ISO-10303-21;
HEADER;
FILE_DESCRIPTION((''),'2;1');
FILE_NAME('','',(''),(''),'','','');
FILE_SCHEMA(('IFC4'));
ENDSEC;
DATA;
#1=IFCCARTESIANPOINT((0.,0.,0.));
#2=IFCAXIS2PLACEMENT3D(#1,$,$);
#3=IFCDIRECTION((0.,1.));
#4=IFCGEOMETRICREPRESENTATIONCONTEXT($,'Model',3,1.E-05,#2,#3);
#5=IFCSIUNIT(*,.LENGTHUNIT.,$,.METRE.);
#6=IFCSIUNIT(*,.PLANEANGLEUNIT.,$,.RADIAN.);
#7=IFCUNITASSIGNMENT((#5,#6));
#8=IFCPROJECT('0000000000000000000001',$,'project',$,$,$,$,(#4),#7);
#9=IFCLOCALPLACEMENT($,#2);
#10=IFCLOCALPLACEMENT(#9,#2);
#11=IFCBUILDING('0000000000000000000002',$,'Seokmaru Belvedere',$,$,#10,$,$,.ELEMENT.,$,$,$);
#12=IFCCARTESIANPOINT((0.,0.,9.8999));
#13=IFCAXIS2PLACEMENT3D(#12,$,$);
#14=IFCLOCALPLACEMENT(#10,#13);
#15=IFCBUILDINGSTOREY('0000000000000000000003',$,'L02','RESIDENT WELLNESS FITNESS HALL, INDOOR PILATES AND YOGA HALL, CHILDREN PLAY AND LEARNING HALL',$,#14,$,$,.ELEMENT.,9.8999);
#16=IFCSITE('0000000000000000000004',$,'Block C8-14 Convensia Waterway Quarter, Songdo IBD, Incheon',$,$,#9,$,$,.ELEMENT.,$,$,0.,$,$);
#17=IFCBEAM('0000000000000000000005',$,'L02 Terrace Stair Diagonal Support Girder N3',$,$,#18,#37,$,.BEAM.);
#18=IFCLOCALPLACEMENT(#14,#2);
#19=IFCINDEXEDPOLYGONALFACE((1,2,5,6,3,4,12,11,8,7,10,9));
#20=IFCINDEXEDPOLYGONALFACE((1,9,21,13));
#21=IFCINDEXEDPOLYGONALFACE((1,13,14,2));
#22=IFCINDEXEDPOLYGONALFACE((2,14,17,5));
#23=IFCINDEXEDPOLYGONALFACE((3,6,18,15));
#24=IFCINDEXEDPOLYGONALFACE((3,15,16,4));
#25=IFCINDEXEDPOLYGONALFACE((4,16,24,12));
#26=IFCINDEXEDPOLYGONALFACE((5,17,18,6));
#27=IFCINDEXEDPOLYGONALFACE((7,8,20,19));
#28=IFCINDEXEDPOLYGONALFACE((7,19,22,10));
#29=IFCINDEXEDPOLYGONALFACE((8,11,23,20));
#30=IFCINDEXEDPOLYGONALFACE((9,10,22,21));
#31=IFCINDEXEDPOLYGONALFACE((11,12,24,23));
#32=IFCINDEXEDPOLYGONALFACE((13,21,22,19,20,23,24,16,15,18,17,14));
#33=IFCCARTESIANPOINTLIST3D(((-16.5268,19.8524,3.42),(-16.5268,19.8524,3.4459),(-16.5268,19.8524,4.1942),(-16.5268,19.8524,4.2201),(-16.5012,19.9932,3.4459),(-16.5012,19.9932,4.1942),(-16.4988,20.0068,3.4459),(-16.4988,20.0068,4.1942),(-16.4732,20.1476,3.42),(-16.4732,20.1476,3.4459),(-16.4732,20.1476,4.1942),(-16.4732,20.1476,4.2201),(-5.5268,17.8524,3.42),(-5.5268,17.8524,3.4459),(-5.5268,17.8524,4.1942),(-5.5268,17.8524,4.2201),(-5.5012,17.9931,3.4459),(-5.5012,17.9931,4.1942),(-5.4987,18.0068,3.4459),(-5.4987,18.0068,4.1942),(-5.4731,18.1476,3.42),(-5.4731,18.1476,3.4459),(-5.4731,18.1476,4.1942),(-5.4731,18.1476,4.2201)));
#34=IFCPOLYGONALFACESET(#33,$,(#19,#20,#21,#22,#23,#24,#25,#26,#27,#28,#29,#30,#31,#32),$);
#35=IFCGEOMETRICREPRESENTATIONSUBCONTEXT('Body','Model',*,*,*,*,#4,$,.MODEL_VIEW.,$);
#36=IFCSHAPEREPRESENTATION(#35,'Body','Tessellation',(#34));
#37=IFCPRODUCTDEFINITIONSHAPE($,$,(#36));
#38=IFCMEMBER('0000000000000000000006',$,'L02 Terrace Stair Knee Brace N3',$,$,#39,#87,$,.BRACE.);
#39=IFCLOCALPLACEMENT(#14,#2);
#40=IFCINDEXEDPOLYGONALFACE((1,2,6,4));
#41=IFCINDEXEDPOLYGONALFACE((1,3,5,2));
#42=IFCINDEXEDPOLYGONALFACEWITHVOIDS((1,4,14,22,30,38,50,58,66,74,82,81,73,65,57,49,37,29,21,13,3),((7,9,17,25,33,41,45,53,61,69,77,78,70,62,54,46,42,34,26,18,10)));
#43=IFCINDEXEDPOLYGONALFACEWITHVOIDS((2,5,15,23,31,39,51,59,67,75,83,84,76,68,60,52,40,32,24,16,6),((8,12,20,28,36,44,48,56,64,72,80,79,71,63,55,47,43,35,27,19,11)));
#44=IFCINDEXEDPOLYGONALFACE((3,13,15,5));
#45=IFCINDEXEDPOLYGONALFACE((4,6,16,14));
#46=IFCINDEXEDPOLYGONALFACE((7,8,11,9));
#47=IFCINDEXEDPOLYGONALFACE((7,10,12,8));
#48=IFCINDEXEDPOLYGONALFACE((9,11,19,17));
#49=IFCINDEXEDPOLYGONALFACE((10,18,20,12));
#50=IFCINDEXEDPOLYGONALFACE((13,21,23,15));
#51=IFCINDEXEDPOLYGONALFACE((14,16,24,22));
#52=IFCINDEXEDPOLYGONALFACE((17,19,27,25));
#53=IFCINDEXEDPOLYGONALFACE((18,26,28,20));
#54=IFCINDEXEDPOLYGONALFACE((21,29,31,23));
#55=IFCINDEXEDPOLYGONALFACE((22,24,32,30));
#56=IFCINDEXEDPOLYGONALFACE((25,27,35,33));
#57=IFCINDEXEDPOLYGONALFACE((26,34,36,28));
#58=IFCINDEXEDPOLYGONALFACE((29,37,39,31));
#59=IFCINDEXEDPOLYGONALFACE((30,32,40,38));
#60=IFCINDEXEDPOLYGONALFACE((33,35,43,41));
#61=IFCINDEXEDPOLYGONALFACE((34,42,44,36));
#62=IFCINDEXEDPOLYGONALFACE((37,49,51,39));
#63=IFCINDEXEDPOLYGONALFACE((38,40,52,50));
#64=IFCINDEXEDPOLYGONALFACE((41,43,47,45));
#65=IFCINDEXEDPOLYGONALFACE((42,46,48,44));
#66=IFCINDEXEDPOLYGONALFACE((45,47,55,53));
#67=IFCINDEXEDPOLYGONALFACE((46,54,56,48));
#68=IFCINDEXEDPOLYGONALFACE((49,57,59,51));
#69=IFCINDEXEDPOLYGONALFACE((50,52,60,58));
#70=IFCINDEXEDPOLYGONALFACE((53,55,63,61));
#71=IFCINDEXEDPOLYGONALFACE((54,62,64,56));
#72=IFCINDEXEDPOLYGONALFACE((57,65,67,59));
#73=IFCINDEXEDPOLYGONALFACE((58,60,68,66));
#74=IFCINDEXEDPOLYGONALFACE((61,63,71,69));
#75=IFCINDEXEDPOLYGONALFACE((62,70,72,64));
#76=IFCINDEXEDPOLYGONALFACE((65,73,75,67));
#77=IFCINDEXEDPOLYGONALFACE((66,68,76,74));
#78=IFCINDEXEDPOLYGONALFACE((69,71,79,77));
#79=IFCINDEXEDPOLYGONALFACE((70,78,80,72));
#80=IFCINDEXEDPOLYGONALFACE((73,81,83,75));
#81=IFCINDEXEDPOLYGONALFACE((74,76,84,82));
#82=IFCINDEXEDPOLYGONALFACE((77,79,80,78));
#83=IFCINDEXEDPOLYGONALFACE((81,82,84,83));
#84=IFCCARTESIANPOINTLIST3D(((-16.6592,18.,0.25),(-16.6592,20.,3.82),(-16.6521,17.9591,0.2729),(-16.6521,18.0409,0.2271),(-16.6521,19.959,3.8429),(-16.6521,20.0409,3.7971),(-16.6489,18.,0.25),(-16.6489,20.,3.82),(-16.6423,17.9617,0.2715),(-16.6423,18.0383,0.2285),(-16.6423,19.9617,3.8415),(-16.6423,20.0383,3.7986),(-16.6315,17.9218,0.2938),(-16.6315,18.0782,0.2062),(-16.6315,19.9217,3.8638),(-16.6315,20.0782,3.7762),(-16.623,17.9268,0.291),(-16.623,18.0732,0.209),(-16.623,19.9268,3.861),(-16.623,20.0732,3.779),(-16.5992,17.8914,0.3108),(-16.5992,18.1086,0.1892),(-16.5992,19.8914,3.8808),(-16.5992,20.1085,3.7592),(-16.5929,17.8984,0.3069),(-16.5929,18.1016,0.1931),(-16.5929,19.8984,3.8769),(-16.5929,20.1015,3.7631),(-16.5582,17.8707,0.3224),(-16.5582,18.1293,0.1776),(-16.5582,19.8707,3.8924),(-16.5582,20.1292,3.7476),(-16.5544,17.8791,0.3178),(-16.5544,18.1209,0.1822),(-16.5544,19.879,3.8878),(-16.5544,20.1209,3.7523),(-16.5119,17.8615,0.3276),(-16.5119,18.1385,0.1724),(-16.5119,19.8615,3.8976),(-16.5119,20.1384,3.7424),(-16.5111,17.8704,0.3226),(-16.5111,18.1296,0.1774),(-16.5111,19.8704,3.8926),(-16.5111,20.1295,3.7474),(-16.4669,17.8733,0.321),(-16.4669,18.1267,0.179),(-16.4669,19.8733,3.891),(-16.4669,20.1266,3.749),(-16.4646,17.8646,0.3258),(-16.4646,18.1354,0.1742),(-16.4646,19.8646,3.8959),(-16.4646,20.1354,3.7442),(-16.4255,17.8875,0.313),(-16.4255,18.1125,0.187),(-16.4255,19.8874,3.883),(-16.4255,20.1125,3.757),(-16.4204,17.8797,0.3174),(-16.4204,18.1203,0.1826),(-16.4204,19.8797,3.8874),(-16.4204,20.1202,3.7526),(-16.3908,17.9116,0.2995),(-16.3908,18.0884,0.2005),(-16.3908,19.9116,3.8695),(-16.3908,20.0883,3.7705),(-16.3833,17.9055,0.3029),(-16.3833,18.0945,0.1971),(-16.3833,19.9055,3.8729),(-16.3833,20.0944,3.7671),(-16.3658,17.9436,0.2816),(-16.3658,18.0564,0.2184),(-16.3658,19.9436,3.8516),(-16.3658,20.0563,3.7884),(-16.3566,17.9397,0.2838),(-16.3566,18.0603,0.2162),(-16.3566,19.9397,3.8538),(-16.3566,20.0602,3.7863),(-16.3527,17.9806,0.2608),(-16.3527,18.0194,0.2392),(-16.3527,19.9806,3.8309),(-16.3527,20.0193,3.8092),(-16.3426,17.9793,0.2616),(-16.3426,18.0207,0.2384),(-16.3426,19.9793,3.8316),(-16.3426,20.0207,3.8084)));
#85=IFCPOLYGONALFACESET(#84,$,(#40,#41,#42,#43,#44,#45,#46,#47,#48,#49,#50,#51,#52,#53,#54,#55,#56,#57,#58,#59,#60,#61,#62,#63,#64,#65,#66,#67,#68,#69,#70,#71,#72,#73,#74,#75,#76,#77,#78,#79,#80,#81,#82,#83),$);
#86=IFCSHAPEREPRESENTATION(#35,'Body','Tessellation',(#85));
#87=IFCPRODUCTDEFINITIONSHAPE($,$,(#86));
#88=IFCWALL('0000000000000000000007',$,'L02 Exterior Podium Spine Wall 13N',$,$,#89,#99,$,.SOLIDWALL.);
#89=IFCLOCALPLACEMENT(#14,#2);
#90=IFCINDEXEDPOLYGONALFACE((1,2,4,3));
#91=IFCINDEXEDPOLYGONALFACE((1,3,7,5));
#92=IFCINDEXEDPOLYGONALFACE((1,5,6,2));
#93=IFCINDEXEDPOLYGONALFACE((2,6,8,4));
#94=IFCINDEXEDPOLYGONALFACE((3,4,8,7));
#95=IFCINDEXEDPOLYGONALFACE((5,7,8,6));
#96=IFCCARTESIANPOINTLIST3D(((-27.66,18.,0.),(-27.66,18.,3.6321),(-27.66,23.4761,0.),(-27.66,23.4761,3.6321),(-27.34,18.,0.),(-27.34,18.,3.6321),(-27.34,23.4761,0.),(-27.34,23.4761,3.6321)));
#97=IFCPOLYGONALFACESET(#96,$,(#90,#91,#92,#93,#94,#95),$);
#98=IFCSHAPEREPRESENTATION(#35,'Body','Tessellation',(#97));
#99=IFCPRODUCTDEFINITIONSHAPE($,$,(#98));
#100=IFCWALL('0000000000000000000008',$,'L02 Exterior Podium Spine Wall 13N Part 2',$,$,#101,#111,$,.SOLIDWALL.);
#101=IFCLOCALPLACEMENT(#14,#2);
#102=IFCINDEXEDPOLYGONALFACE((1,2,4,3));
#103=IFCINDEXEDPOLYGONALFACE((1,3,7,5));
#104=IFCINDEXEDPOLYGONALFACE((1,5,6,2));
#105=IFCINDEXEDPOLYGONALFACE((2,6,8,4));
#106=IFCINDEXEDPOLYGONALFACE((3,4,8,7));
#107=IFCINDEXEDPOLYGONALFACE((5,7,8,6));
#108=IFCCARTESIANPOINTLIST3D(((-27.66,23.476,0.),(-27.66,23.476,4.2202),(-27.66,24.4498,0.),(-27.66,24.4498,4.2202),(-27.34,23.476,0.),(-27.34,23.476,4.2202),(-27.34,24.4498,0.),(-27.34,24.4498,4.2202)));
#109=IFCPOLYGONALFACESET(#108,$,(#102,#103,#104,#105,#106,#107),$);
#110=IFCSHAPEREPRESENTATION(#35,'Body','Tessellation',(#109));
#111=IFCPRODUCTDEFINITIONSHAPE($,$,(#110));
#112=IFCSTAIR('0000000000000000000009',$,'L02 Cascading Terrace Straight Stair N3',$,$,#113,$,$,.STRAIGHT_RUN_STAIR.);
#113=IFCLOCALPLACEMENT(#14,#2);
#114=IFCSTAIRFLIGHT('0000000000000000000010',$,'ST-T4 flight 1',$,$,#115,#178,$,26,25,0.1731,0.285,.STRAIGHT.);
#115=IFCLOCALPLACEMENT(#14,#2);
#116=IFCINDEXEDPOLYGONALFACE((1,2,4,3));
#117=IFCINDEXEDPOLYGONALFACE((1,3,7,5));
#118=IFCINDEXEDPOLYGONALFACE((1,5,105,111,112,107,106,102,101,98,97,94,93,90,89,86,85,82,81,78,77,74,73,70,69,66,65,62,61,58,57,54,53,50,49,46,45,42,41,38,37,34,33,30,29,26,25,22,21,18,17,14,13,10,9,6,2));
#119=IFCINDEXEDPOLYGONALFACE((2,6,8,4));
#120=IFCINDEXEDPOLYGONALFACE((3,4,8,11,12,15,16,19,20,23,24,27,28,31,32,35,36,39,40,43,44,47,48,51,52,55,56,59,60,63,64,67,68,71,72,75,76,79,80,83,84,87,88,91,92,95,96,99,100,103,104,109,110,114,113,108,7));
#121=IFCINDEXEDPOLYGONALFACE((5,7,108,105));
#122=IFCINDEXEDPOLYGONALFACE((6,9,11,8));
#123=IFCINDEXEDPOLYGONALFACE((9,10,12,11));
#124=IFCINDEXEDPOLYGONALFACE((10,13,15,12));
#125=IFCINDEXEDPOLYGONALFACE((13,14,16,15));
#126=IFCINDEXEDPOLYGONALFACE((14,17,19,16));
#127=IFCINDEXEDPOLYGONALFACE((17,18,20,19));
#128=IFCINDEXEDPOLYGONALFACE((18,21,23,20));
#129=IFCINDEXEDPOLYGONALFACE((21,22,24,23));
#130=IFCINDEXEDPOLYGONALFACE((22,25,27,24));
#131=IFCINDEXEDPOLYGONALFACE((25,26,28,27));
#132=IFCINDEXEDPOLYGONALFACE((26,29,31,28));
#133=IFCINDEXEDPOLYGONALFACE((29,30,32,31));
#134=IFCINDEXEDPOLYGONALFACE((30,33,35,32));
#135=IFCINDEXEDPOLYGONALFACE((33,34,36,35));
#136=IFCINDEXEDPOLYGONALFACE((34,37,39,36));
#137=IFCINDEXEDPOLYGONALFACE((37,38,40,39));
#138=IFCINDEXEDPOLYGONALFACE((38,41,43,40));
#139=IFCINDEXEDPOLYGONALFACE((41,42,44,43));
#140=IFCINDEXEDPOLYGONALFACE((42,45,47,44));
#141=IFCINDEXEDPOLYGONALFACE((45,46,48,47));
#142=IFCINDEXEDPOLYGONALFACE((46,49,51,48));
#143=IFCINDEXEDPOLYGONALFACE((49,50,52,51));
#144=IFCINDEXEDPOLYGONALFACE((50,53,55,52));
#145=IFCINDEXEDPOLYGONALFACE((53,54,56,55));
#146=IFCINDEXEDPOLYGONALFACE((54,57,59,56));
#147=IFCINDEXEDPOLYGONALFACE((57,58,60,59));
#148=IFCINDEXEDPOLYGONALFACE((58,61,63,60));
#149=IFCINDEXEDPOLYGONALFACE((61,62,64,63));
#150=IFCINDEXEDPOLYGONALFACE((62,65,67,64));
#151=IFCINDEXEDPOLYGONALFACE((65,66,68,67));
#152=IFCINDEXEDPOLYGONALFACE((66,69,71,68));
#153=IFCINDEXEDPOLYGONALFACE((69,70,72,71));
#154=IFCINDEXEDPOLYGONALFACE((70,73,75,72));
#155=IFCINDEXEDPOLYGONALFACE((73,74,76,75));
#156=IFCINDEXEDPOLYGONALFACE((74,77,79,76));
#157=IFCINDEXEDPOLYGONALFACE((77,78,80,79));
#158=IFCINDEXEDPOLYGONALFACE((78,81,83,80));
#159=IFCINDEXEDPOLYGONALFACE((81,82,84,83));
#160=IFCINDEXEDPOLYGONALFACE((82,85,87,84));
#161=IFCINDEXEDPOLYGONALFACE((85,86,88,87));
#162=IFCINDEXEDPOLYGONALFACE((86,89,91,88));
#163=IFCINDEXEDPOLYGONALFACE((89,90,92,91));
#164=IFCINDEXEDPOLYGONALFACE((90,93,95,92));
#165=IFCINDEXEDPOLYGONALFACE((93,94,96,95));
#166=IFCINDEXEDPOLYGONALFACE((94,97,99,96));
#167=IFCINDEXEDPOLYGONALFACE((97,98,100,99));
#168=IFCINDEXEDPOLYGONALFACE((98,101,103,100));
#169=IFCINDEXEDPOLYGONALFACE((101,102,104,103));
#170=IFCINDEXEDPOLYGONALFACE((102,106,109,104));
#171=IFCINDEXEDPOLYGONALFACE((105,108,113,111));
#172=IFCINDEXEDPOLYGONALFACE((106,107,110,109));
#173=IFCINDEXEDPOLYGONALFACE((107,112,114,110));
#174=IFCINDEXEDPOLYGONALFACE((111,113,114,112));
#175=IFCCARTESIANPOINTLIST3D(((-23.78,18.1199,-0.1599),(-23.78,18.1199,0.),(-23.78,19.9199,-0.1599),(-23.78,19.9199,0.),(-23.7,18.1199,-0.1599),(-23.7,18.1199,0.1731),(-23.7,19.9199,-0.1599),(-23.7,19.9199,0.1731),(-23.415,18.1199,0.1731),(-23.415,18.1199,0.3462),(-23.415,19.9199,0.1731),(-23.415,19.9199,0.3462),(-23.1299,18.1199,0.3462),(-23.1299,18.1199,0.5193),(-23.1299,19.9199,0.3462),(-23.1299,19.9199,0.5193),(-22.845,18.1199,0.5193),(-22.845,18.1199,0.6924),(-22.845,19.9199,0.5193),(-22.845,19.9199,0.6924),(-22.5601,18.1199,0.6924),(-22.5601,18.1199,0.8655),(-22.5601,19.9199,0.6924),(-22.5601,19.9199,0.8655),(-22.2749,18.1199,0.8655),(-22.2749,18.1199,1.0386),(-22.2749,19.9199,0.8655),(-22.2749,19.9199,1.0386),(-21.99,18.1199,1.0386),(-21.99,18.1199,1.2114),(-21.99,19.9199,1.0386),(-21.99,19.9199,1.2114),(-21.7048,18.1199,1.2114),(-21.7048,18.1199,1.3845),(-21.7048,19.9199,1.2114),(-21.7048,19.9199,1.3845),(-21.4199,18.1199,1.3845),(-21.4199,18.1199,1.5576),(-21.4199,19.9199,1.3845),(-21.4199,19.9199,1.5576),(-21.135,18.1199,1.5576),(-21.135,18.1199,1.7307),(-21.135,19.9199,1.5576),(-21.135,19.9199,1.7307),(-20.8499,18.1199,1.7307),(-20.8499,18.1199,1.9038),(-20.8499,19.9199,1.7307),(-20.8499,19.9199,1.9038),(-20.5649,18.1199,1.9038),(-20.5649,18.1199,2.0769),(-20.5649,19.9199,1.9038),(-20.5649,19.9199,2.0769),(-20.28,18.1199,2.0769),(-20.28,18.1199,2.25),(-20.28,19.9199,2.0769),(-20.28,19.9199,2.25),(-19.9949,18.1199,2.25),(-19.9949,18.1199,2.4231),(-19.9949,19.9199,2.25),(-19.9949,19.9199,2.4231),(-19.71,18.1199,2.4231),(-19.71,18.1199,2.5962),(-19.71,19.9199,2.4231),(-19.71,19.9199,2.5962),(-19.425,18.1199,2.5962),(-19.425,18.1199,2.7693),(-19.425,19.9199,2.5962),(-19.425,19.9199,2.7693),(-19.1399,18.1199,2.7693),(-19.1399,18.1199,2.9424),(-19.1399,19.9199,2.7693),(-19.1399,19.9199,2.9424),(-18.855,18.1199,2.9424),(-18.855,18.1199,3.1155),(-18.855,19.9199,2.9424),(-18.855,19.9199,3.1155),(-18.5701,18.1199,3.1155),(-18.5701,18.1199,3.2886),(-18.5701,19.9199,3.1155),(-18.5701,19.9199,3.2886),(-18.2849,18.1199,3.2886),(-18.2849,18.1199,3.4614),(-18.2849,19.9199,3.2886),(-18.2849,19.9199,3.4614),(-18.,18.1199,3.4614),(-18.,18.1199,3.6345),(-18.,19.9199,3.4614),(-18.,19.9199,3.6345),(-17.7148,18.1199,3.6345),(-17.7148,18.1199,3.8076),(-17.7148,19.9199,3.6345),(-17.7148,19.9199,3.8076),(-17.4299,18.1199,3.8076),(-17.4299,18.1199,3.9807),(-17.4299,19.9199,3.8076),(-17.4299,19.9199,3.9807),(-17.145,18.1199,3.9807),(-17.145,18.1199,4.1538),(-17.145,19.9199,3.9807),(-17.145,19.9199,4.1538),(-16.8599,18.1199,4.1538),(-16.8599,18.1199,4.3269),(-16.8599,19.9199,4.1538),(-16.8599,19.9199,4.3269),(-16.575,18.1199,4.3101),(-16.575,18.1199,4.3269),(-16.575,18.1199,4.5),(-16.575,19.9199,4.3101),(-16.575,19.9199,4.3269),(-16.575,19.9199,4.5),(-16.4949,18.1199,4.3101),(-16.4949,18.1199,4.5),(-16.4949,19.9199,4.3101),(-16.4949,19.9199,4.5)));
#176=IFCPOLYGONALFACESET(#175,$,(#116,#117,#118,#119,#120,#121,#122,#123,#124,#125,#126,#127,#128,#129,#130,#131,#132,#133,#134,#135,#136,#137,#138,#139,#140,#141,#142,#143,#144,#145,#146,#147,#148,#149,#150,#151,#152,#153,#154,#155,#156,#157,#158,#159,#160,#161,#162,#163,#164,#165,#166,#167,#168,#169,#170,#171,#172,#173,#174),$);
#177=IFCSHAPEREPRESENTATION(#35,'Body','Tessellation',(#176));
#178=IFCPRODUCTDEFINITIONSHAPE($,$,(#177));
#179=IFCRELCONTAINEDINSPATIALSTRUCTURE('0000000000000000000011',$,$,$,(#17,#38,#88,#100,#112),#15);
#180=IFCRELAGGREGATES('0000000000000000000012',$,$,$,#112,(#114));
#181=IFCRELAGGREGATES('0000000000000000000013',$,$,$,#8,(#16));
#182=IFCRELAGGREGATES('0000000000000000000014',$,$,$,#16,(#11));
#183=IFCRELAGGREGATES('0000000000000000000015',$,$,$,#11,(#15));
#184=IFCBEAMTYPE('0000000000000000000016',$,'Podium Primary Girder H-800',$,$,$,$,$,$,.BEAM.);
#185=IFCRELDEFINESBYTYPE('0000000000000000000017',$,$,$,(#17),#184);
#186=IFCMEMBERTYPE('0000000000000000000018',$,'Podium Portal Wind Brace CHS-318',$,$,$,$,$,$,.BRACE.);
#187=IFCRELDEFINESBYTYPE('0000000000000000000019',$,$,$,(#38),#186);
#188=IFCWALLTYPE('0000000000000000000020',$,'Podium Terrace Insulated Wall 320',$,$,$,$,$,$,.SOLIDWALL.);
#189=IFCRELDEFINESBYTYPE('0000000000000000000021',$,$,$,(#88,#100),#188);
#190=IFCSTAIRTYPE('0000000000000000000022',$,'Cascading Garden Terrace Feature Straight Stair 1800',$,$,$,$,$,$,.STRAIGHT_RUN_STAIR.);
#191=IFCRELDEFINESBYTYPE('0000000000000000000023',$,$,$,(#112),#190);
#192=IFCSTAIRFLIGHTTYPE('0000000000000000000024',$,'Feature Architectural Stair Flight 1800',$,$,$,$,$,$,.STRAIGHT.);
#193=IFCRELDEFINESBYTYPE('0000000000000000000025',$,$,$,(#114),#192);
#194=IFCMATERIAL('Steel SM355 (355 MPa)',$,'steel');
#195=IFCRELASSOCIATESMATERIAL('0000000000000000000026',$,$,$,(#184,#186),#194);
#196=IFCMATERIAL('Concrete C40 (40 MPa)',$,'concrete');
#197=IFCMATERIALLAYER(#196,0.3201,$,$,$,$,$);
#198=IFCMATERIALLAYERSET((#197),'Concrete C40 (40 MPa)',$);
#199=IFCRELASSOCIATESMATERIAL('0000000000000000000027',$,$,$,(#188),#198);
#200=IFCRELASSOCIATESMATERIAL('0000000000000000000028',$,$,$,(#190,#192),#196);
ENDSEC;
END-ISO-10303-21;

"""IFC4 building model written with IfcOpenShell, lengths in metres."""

from ifc_helpers import new_model, si_unit, direction, frame, frame_2d, origin, origin_2d, place, context, subcontext, project, spatial, polyline, rectangle, hollow_circle, i_section, outline, extrude, source, transform, mapped, material, layer, layer_set, material_profile, profile_set, type_object, type_shapes, element, aggregate, save


model = new_model("IFC4")

# Units and contexts
model_context = context("Model", 3, precision=1e-05, world=origin(), true_north=direction((0.0, 1.0)))
body_context = subcontext(model_context, "Body", "Model", "MODEL_VIEW")
ifc_project = project(units=[si_unit("LENGTHUNIT", "METRE"), si_unit("PLANEANGLEUNIT", "RADIAN")], contexts=[model_context])

# Site, building, storey
site_placement = place(None, origin())
site = spatial("IfcSite", under=ifc_project, at=site_placement, Name="Block C8-14 Convensia Waterway Quarter, Songdo IBD, Incheon", CompositionType="ELEMENT", RefElevation=0.0)
building_placement = place(site_placement, origin())
building = spatial("IfcBuilding", under=site, at=building_placement, Name="Seokmaru Belvedere", CompositionType="ELEMENT")
storey_placement = place(building_placement, frame((0.0, 0.0, 9.8999)))
storey = spatial("IfcBuildingStorey", under=building, at=storey_placement, Name="L02", Description="RESIDENT WELLNESS FITNESS HALL, INDOOR PILATES AND YOGA HALL, CHILDREN PLAY AND LEARNING HALL", CompositionType="ELEMENT", Elevation=9.8999)

# Shared definitions
ifc_material_1 = material(Name="Steel SM355 (355 MPa)", Category="steel")
ifc_material_profile_1 = material_profile(ifc_material_1, i_section(OverallWidth=0.3, OverallDepth=0.8, WebThickness=0.0139, FlangeThickness=0.0259, at=origin_2d()), Name="H-800x300x14x26")
ifc_profile_set_1 = profile_set([ifc_material_profile_1], Name="Steel SM355 (355 MPa)")
beam_type_1 = type_object("IfcBeamType", Name="Podium Primary Girder H-800", PredefinedType="BEAM", material=ifc_profile_set_1)

# Beam
shared_shape_1 = source(origin(), body_context, "Body", "SweptSolid", [
    extrude(i_section(OverallWidth=0.3, OverallDepth=0.8, WebThickness=0.0139, FlangeThickness=0.0259, at=origin_2d()), origin(), (0.0, 0.0, 1.0), 11.1804),
])
beam_1_placement = place(storey_placement, frame((-16.5, 20.0, 3.8201), z_axis=(0.98387, -0.178885, 0.0), x_axis=(0.178885, 0.98387, 0.0)))
element("IfcBeam", 1, at=beam_1_placement, inside=storey, type_object=beam_type_1, Name="L02 Terrace Stair Diagonal Support Girder N3", PredefinedType="BEAM", context=body_context, shape_type="MappedRepresentation", body=[
    mapped(shared_shape_1, transform((0.0, 0.0, 0.0), scale=1.0)),
])

# Member
ifc_material_profile_2 = material_profile(ifc_material_1, hollow_circle(Radius=0.1592, WallThickness=0.0103, at=origin_2d()), Name="CHS-318.5x10.3")
ifc_profile_set_2 = profile_set([ifc_material_profile_2], Name="Steel SM355 (355 MPa)")
member_type_1 = type_object("IfcMemberType", Name="Podium Portal Wind Brace CHS-318", PredefinedType="BRACE", material=ifc_profile_set_2)
shared_shape_2 = source(origin(), body_context, "Body", "SweptSolid", [
    extrude(hollow_circle(Radius=0.1592, WallThickness=0.0103, at=origin_2d()), origin(), (0.0, 0.0, 1.0), 4.092),
])
type_shapes(member_type_1, [shared_shape_2])
member_1_placement = place(storey_placement, frame((-16.5, 18.0, 0.25), z_axis=(0.0, 0.488745, 0.872427), x_axis=(-1.0, 0.0, 0.0)))
element("IfcMember", 2, at=member_1_placement, inside=storey, type_object=member_type_1, Name="L02 Terrace Stair Knee Brace N3", PredefinedType="BRACE", context=body_context, shape_type="MappedRepresentation", body=[
    mapped(shared_shape_2, transform((0.0, 0.0, 0.0), scale=1.0)),
])

# Walls
ifc_material_2 = material(Name="Concrete C40 (40 MPa)", Category="concrete")
ifc_layer = layer(ifc_material_2, 0.3201)
ifc_layer_set = layer_set([ifc_layer], Name="Concrete C40 (40 MPa)")
wall_type = type_object("IfcWallType", Name="Podium Terrace Insulated Wall 320", PredefinedType="SOLIDWALL", material=ifc_layer_set)
wall_1_placement = place(storey_placement, frame((-27.5, 18.0, 0.0), z_axis=(0.0, 0.0, 1.0), x_axis=(0.0, 1.0, 0.0)))
element("IfcWall", 3, at=wall_1_placement, inside=storey, type_object=wall_type, Name="L02 Exterior Podium Spine Wall 13N", PredefinedType="SOLIDWALL", context=body_context, shape_type="SweptSolid", body=[
    extrude(rectangle(XDim=5.4761, YDim=0.3201, at=frame_2d((2.738, 0.0))), origin(), (0.0, 0.0, 1.0), 3.6321),
])
wall_2_placement = place(storey_placement, frame((-27.5, 23.4761, 0.0), z_axis=(0.0, 0.0, 1.0), x_axis=(0.0, 1.0, 0.0)))
element("IfcWall", 4, at=wall_2_placement, inside=storey, type_object=wall_type, Name="L02 Exterior Podium Spine Wall 13N Part 2", PredefinedType="SOLIDWALL", context=body_context, shape_type="SweptSolid", body=[
    extrude(rectangle(XDim=0.9739, YDim=0.3201, at=frame_2d((0.4868, 0.0))), origin(), (0.0, 0.0, 1.0), 4.2202),
])

# Stair, stair flight
stair_type = type_object("IfcStairType", Name="Cascading Garden Terrace Feature Straight Stair 1800", PredefinedType="STRAIGHT_RUN_STAIR", material=ifc_material_2)
stair_placement = place(storey_placement, origin())
stair = element("IfcStair", 5, at=stair_placement, inside=storey, type_object=stair_type, Name="L02 Cascading Terrace Straight Stair N3", PredefinedType="STRAIGHT_RUN_STAIR")
stair_flight_type = type_object("IfcStairFlightType", Name="Feature Architectural Stair Flight 1800", PredefinedType="STRAIGHT", material=ifc_material_2)
stair_flight_placement = place(storey_placement, frame((-23.7, 19.02, 0.0), z_axis=(0.0, 0.0, 1.0), x_axis=(1.0, 0.0, 0.0)))
stair_flight = element("IfcStairFlight", 6, at=stair_flight_placement, type_object=stair_flight_type, Name="ST-T4 flight 1", NumberOfRisers=26, NumberOfTreads=25, PredefinedType="STRAIGHT", RiserHeight=0.1731, TreadLength=0.285, context=body_context, shape_type="SweptSolid", body=[
    extrude(outline(polyline([(-0.0801, 0.0), (0.0, 0.1731), (0.2849, 0.1731), (0.2849, 0.3462), (0.5701, 0.3462), (0.5701, 0.5193), (0.855, 0.5193), (0.855, 0.6924), (1.1399, 0.6924), (1.1399, 0.8655), (1.425, 0.8655), (1.425, 1.0386), (1.71, 1.0386), (1.71, 1.2114), (1.9951, 1.2114), (1.9951, 1.3845), (2.28, 1.3845), (2.28, 1.5576), (2.5649, 1.5576), (2.5649, 1.7307), (2.8501, 1.7307), (2.8501, 1.9038), (3.135, 1.9038), (3.135, 2.0769), (3.4199, 2.0769), (3.4199, 2.25), (3.7051, 2.25), (3.7051, 2.4231), (3.99, 2.4231), (3.99, 2.5962), (4.2749, 2.5962), (4.2749, 2.7693), (4.5601, 2.7693), (4.5601, 2.9424), (4.845, 2.9424), (4.845, 3.1155), (5.1299, 3.1155), (5.1299, 3.2886), (5.415, 3.2886), (5.415, 3.4614), (5.7, 3.4614), (5.7, 3.6345), (5.9851, 3.6345), (5.9851, 3.8076), (6.27, 3.8076), (6.27, 3.9807), (6.5549, 3.9807), (6.5549, 4.1538), (6.8401, 4.1538), (6.8401, 4.3269), (7.125, 4.3269), (7.125, 4.5), (7.2051, 4.5), (7.2051, 4.3101), (7.125, 4.3101), (0.0, -0.1599), (-0.0801, -0.1599), (-0.0801, 0.0)])), frame((0.0, 0.8999, 0.0), z_axis=(0.0, -1.0, 0.0), x_axis=(1.0, 0.0, 0.0)), (0.0, 0.0, 1.0), 1.8),
])
aggregate(stair, [stair_flight])

save(model, "model.ifc")
